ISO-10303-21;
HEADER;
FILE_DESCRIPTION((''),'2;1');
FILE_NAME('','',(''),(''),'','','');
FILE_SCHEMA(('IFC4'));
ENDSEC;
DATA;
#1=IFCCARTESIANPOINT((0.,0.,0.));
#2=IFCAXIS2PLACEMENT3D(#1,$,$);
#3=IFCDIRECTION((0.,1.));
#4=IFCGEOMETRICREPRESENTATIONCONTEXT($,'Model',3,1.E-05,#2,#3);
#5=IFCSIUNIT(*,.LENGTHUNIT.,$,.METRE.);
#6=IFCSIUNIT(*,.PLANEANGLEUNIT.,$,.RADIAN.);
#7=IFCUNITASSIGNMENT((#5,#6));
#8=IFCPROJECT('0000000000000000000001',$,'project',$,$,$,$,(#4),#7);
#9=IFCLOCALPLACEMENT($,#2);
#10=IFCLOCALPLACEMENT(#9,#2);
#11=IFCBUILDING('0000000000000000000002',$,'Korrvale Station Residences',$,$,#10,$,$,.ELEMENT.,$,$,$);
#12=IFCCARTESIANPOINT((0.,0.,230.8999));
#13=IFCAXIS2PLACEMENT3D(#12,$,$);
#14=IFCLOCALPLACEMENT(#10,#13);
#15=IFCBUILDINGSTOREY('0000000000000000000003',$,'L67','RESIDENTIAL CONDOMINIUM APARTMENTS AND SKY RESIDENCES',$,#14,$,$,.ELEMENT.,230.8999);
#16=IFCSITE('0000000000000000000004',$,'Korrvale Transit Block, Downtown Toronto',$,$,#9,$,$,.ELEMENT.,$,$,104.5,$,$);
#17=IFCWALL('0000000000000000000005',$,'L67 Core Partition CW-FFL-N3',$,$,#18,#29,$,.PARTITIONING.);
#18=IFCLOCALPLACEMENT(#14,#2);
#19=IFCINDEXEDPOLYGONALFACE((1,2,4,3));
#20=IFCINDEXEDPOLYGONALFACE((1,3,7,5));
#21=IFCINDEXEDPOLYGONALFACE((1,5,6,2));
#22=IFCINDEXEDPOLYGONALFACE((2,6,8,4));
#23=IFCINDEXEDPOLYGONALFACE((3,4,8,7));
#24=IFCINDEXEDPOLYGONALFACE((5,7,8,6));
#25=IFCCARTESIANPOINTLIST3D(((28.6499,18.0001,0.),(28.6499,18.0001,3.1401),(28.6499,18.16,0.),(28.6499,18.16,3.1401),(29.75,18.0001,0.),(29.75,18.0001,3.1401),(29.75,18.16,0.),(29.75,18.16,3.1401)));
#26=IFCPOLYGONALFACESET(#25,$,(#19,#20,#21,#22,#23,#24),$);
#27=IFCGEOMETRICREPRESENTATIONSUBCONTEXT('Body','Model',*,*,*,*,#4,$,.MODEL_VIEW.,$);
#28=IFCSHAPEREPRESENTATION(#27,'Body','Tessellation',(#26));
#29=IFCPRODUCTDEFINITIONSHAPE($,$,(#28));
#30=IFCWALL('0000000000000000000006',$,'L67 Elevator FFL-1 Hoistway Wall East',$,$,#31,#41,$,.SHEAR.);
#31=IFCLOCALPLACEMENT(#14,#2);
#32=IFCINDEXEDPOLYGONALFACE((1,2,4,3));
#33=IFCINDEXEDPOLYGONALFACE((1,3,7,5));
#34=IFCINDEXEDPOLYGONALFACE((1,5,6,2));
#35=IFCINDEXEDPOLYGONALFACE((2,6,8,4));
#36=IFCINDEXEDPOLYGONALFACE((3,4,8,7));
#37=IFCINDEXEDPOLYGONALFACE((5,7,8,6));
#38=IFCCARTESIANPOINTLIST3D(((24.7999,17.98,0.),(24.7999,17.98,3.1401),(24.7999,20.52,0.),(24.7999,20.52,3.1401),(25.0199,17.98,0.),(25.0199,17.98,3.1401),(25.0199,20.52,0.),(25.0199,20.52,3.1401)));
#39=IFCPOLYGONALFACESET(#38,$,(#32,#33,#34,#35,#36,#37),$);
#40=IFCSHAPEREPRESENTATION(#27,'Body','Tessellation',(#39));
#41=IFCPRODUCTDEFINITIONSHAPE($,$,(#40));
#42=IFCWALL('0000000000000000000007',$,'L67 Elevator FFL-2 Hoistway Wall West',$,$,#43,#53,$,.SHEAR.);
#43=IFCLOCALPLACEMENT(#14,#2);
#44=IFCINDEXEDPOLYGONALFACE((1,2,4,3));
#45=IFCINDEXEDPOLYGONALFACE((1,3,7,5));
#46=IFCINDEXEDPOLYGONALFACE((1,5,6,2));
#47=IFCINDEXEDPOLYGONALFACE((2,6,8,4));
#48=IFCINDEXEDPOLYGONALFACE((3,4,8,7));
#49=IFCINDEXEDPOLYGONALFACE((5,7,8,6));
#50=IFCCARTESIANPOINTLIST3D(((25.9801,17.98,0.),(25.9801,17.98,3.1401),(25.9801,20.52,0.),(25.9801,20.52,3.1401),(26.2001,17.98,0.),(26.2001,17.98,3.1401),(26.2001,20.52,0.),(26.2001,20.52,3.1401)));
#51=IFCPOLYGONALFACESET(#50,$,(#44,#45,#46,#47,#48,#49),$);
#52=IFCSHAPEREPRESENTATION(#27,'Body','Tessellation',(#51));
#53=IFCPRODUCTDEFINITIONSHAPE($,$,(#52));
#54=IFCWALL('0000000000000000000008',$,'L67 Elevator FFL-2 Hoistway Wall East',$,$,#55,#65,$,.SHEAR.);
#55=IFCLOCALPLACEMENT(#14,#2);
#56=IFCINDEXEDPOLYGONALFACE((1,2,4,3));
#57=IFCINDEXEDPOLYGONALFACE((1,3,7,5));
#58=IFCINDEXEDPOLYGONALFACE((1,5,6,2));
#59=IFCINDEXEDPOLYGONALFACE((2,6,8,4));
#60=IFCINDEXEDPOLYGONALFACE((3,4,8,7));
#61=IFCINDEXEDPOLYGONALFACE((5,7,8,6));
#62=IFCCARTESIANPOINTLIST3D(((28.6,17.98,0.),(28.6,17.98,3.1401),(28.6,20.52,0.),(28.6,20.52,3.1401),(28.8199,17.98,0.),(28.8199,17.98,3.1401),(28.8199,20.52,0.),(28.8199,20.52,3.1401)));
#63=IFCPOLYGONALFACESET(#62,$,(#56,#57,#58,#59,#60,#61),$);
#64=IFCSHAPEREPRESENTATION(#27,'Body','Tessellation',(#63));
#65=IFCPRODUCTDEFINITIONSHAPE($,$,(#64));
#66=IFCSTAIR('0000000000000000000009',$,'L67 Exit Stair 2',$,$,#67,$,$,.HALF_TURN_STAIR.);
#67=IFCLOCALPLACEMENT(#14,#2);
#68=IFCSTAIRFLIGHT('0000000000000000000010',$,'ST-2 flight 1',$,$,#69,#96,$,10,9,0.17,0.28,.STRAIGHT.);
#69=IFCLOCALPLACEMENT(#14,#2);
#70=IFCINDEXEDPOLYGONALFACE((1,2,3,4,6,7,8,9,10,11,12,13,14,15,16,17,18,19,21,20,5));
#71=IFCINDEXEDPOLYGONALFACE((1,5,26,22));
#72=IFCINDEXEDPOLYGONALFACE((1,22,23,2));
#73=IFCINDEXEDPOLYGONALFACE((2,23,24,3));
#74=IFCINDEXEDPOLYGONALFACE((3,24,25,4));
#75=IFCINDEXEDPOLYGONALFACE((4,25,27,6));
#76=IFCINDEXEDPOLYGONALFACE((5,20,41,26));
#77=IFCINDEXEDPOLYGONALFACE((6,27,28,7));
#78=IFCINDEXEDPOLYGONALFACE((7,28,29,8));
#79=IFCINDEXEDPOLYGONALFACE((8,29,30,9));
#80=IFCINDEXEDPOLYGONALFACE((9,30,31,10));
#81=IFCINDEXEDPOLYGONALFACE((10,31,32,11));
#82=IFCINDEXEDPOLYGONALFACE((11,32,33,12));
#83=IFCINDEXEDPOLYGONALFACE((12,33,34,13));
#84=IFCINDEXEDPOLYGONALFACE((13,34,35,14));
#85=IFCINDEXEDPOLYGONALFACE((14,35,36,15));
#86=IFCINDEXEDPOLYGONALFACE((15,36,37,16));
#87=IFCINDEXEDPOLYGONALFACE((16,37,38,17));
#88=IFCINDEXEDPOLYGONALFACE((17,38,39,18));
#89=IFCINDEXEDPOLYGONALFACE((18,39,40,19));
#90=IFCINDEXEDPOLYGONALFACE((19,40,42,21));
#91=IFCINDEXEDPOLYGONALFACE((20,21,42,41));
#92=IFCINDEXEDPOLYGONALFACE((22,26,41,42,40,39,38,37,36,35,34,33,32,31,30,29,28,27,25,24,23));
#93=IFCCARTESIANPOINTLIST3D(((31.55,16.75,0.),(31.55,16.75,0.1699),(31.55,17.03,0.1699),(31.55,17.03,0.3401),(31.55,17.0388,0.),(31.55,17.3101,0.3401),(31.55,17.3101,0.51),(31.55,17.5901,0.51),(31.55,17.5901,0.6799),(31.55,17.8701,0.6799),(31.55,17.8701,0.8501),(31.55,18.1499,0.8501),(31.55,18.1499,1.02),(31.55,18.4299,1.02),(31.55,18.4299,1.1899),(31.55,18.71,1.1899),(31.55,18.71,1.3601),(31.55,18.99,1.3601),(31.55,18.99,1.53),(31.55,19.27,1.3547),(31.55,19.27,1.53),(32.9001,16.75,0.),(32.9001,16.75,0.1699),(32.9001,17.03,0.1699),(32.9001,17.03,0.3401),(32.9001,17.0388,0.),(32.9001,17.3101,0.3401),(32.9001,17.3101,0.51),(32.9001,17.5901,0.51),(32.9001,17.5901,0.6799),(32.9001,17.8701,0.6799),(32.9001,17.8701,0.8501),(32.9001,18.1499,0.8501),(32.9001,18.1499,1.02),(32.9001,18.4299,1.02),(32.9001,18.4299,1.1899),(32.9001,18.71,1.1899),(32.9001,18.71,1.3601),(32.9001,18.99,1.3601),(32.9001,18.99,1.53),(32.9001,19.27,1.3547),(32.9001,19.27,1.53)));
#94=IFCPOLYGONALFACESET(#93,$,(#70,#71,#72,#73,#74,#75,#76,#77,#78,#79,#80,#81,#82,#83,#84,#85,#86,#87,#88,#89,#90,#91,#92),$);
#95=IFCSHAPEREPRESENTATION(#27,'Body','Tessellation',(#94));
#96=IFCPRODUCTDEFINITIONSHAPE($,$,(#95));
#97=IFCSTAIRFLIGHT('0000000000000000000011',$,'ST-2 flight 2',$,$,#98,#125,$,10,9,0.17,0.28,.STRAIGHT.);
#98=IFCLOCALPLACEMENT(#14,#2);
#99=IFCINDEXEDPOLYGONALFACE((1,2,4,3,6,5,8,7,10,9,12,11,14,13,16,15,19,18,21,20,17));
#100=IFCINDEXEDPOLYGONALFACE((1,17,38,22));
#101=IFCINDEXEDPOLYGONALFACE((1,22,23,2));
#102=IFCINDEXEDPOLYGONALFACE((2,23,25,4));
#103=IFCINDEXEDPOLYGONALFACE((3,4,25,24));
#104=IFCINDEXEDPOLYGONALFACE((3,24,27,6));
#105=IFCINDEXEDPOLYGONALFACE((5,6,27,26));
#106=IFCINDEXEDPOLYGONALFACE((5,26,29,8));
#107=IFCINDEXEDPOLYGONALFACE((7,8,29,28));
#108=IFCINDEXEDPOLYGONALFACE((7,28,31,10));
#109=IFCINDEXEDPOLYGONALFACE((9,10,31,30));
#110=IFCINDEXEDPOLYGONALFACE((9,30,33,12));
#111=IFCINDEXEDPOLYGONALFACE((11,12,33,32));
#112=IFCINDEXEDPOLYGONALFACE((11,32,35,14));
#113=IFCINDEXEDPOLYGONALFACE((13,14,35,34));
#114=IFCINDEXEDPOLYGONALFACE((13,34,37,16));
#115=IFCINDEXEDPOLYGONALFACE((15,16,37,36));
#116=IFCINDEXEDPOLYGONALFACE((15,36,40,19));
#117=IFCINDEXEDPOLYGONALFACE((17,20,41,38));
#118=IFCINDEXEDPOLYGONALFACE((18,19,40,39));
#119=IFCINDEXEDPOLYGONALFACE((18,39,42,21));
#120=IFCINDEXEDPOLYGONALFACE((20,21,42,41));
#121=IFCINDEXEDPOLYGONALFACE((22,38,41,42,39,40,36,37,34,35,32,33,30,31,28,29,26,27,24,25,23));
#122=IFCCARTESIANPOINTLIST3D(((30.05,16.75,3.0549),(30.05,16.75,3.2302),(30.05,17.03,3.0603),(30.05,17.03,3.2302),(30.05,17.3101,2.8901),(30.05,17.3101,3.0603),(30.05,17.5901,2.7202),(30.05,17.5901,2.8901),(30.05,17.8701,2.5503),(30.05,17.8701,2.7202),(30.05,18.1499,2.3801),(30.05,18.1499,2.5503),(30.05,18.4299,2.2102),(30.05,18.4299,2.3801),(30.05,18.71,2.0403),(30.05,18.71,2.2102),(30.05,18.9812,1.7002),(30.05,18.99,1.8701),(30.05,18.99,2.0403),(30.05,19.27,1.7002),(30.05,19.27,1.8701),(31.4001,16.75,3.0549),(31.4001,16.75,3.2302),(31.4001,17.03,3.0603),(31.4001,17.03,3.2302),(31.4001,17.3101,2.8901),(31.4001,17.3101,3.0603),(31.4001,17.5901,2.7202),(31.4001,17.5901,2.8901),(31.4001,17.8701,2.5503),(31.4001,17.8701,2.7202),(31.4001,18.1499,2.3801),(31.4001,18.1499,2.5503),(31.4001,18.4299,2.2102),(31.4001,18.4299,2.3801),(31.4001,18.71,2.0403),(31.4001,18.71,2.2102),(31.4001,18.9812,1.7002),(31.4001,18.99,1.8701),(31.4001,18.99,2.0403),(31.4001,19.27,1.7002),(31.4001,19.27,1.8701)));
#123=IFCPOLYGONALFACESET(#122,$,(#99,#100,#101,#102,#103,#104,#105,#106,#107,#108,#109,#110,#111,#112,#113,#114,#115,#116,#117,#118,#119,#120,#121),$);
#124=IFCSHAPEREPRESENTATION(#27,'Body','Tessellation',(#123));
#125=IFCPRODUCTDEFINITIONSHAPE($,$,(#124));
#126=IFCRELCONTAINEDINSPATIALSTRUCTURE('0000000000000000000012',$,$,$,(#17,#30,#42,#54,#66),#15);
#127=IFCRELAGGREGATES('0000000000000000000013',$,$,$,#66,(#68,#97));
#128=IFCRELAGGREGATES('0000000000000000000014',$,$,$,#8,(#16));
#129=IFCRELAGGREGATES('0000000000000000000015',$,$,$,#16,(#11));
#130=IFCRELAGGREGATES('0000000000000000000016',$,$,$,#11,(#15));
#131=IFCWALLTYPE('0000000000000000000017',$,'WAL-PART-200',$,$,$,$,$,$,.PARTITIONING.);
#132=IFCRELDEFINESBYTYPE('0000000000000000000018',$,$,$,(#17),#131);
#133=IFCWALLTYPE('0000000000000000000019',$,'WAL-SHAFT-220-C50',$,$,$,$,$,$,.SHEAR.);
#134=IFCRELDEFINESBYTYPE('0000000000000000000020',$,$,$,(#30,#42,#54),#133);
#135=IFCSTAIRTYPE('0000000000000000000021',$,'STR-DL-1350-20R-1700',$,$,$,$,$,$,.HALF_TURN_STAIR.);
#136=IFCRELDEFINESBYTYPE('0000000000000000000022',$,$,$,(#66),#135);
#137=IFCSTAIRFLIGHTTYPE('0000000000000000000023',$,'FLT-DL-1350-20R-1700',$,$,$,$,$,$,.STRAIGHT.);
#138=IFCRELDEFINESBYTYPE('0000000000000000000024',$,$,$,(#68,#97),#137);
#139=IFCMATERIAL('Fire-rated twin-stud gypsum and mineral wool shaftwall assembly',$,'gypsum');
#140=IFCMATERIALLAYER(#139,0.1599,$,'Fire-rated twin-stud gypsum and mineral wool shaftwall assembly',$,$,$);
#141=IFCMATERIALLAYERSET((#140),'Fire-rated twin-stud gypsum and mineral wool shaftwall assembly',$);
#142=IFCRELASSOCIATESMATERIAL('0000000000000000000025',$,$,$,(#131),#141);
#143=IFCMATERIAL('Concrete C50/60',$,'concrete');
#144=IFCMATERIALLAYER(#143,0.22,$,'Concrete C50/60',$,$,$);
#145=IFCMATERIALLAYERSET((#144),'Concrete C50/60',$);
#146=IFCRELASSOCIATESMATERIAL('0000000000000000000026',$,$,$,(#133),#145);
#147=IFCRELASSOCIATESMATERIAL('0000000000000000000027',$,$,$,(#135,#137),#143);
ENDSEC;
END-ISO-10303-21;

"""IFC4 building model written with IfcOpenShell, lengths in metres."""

from ifc_helpers import new_model, si_unit, direction, frame, frame_2d, origin, place, context, subcontext, project, spatial, polyline, rectangle, outline, extrude, material, layer, layer_set, type_object, element, aggregate, save


model = new_model("IFC4")

# Units and contexts
model_context = context("Model", 3, precision=1e-05, world=origin(), true_north=direction((0.0, 1.0)))
body_context = subcontext(model_context, "Body", "Model", "MODEL_VIEW")
ifc_project = project(units=[si_unit("LENGTHUNIT", "METRE"), si_unit("PLANEANGLEUNIT", "RADIAN")], contexts=[model_context])

# Site, building, storey
site_placement = place(None, origin())
site = spatial("IfcSite", under=ifc_project, at=site_placement, Name="Korrvale Transit Block, Downtown Toronto", CompositionType="ELEMENT", RefElevation=104.5)
building_placement = place(site_placement, origin())
building = spatial("IfcBuilding", under=site, at=building_placement, Name="Korrvale Station Residences", CompositionType="ELEMENT")
storey_placement = place(building_placement, frame((0.0, 0.0, 230.8999)))
storey = spatial("IfcBuildingStorey", under=building, at=storey_placement, Name="L67", Description="RESIDENTIAL CONDOMINIUM APARTMENTS AND SKY RESIDENCES", CompositionType="ELEMENT", Elevation=230.8999)

# Shared definitions
ifc_material_1 = material(Name="Concrete C50/60", Category="concrete")

# Walls
ifc_material_2 = material(Name="Fire-rated twin-stud gypsum and mineral wool shaftwall assembly", Category="gypsum")
ifc_layer_1 = layer(ifc_material_2, 0.1599, Name="Fire-rated twin-stud gypsum and mineral wool shaftwall assembly")
ifc_layer_set_1 = layer_set([ifc_layer_1], Name="Fire-rated twin-stud gypsum and mineral wool shaftwall assembly")
wall_type_1 = type_object("IfcWallType", Name="WAL-PART-200", PredefinedType="PARTITIONING", material=ifc_layer_set_1)
wall_1_placement = place(storey_placement, frame((28.6499, 18.0801, 0.0), z_axis=(0.0, 0.0, 1.0), x_axis=(1.0, 0.0, 0.0)))
element("IfcWall", 1, at=wall_1_placement, inside=storey, type_object=wall_type_1, Name="L67 Core Partition CW-FFL-N3", PredefinedType="PARTITIONING", context=body_context, shape_type="SweptSolid", body=[
    extrude(rectangle(XDim=1.1001, YDim=0.1599, at=frame_2d((0.55, 0.0))), origin(), (0.0, 0.0, 1.0), 3.1401),
])
ifc_layer_2 = layer(ifc_material_1, 0.22, Name="Concrete C50/60")
ifc_layer_set_2 = layer_set([ifc_layer_2], Name="Concrete C50/60")
wall_type_2 = type_object("IfcWallType", Name="WAL-SHAFT-220-C50", PredefinedType="SHEAR", material=ifc_layer_set_2)
wall_2_placement = place(storey_placement, frame((24.9099, 17.98, 0.0), z_axis=(0.0, 0.0, 1.0), x_axis=(0.0, 1.0, 0.0)))
element("IfcWall", 2, at=wall_2_placement, inside=storey, type_object=wall_type_2, Name="L67 Elevator FFL-1 Hoistway Wall East", PredefinedType="SHEAR", context=body_context, shape_type="SweptSolid", body=[
    extrude(rectangle(XDim=2.54, YDim=0.22, at=frame_2d((1.27, 0.0))), origin(), (0.0, 0.0, 1.0), 3.1401),
])

# Walls
for number, where, z_axis, x_axis, name in (
    (3, (26.0901, 17.98, 0.0), (0.0, 0.0, 1.0), (0.0, 1.0, 0.0), "L67 Elevator FFL-2 Hoistway Wall West"),
    (4, (28.71, 17.98, 0.0), (0.0, 0.0, 1.0), (0.0, 1.0, 0.0), "L67 Elevator FFL-2 Hoistway Wall East"),
):
    element("IfcWall", number, at=place(storey_placement, frame(where, z_axis=z_axis, x_axis=x_axis)), inside=storey, type_object=wall_type_2, Name=name, PredefinedType="SHEAR", context=body_context, shape_type="SweptSolid", body=[
        extrude(rectangle(XDim=2.54, YDim=0.22, at=frame_2d((1.27, 0.0))), origin(), (0.0, 0.0, 1.0), 3.1401),
    ])

# Stair, stair flights
stair_type = type_object("IfcStairType", Name="STR-DL-1350-20R-1700", PredefinedType="HALF_TURN_STAIR", material=ifc_material_1)
stair_placement = place(storey_placement, origin())
stair = element("IfcStair", 5, at=stair_placement, inside=storey, type_object=stair_type, Name="L67 Exit Stair 2", PredefinedType="HALF_TURN_STAIR")
stair_flight_type = type_object("IfcStairFlightType", Name="FLT-DL-1350-20R-1700", PredefinedType="STRAIGHT", material=ifc_material_1)
stair_flight_1_placement = place(storey_placement, frame((32.2251, 16.75, 0.0), z_axis=(0.0, 0.0, 1.0), x_axis=(0.0, 1.0, 0.0)))
stair_flight_1 = element("IfcStairFlight", 6, at=stair_flight_1_placement, type_object=stair_flight_type, Name="ST-2 flight 1", NumberOfRisers=10, NumberOfTreads=9, PredefinedType="STRAIGHT", RiserHeight=0.17, TreadLength=0.28, context=body_context, shape_type="SweptSolid", body=[
    extrude(outline(polyline([(0.0, 0.0), (0.0, 0.1699), (0.28, 0.1699), (0.28, 0.3401), (0.5601, 0.3401), (0.5601, 0.51), (0.8401, 0.51), (0.8401, 0.6799), (1.1201, 0.6799), (1.1201, 0.8501), (1.3999, 0.8501), (1.3999, 1.02), (1.6799, 1.02), (1.6799, 1.1899), (1.96, 1.1899), (1.96, 1.3601), (2.24, 1.3601), (2.24, 1.53), (2.52, 1.53), (2.52, 1.7), (2.52, 1.3547), (0.2888, 0.0), (0.0, 0.0)])), frame((0.0, 0.675, 0.0), z_axis=(0.0, -1.0, 0.0), x_axis=(1.0, 0.0, 0.0)), (0.0, 0.0, 1.0), 1.3501),
])
stair_flight_2_placement = place(storey_placement, frame((30.7251, 19.27, 1.7002), z_axis=(0.0, 0.0, 1.0), x_axis=(0.0, -1.0, 0.0)))
stair_flight_2 = element("IfcStairFlight", 7, at=stair_flight_2_placement, type_object=stair_flight_type, Name="ST-2 flight 2", NumberOfRisers=10, NumberOfTreads=9, PredefinedType="STRAIGHT", RiserHeight=0.17, TreadLength=0.28, context=body_context, shape_type="SweptSolid", body=[
    extrude(outline(polyline([(0.0, 0.0), (0.0, 0.1699), (0.28, 0.1699), (0.28, 0.3401), (0.5601, 0.3401), (0.5601, 0.51), (0.8401, 0.51), (0.8401, 0.6799), (1.1201, 0.6799), (1.1201, 0.8501), (1.3999, 0.8501), (1.3999, 1.02), (1.6799, 1.02), (1.6799, 1.1899), (1.96, 1.1899), (1.96, 1.3601), (2.24, 1.3601), (2.24, 1.53), (2.52, 1.53), (2.52, 1.7), (2.52, 1.3547), (0.2888, 0.0), (0.0, 0.0)])), frame((0.0, 0.675, 0.0), z_axis=(0.0, -1.0, 0.0), x_axis=(1.0, 0.0, 0.0)), (0.0, 0.0, 1.0), 1.3501),
])
aggregate(stair, [stair_flight_1, stair_flight_2])

save(model, "model.ifc")
